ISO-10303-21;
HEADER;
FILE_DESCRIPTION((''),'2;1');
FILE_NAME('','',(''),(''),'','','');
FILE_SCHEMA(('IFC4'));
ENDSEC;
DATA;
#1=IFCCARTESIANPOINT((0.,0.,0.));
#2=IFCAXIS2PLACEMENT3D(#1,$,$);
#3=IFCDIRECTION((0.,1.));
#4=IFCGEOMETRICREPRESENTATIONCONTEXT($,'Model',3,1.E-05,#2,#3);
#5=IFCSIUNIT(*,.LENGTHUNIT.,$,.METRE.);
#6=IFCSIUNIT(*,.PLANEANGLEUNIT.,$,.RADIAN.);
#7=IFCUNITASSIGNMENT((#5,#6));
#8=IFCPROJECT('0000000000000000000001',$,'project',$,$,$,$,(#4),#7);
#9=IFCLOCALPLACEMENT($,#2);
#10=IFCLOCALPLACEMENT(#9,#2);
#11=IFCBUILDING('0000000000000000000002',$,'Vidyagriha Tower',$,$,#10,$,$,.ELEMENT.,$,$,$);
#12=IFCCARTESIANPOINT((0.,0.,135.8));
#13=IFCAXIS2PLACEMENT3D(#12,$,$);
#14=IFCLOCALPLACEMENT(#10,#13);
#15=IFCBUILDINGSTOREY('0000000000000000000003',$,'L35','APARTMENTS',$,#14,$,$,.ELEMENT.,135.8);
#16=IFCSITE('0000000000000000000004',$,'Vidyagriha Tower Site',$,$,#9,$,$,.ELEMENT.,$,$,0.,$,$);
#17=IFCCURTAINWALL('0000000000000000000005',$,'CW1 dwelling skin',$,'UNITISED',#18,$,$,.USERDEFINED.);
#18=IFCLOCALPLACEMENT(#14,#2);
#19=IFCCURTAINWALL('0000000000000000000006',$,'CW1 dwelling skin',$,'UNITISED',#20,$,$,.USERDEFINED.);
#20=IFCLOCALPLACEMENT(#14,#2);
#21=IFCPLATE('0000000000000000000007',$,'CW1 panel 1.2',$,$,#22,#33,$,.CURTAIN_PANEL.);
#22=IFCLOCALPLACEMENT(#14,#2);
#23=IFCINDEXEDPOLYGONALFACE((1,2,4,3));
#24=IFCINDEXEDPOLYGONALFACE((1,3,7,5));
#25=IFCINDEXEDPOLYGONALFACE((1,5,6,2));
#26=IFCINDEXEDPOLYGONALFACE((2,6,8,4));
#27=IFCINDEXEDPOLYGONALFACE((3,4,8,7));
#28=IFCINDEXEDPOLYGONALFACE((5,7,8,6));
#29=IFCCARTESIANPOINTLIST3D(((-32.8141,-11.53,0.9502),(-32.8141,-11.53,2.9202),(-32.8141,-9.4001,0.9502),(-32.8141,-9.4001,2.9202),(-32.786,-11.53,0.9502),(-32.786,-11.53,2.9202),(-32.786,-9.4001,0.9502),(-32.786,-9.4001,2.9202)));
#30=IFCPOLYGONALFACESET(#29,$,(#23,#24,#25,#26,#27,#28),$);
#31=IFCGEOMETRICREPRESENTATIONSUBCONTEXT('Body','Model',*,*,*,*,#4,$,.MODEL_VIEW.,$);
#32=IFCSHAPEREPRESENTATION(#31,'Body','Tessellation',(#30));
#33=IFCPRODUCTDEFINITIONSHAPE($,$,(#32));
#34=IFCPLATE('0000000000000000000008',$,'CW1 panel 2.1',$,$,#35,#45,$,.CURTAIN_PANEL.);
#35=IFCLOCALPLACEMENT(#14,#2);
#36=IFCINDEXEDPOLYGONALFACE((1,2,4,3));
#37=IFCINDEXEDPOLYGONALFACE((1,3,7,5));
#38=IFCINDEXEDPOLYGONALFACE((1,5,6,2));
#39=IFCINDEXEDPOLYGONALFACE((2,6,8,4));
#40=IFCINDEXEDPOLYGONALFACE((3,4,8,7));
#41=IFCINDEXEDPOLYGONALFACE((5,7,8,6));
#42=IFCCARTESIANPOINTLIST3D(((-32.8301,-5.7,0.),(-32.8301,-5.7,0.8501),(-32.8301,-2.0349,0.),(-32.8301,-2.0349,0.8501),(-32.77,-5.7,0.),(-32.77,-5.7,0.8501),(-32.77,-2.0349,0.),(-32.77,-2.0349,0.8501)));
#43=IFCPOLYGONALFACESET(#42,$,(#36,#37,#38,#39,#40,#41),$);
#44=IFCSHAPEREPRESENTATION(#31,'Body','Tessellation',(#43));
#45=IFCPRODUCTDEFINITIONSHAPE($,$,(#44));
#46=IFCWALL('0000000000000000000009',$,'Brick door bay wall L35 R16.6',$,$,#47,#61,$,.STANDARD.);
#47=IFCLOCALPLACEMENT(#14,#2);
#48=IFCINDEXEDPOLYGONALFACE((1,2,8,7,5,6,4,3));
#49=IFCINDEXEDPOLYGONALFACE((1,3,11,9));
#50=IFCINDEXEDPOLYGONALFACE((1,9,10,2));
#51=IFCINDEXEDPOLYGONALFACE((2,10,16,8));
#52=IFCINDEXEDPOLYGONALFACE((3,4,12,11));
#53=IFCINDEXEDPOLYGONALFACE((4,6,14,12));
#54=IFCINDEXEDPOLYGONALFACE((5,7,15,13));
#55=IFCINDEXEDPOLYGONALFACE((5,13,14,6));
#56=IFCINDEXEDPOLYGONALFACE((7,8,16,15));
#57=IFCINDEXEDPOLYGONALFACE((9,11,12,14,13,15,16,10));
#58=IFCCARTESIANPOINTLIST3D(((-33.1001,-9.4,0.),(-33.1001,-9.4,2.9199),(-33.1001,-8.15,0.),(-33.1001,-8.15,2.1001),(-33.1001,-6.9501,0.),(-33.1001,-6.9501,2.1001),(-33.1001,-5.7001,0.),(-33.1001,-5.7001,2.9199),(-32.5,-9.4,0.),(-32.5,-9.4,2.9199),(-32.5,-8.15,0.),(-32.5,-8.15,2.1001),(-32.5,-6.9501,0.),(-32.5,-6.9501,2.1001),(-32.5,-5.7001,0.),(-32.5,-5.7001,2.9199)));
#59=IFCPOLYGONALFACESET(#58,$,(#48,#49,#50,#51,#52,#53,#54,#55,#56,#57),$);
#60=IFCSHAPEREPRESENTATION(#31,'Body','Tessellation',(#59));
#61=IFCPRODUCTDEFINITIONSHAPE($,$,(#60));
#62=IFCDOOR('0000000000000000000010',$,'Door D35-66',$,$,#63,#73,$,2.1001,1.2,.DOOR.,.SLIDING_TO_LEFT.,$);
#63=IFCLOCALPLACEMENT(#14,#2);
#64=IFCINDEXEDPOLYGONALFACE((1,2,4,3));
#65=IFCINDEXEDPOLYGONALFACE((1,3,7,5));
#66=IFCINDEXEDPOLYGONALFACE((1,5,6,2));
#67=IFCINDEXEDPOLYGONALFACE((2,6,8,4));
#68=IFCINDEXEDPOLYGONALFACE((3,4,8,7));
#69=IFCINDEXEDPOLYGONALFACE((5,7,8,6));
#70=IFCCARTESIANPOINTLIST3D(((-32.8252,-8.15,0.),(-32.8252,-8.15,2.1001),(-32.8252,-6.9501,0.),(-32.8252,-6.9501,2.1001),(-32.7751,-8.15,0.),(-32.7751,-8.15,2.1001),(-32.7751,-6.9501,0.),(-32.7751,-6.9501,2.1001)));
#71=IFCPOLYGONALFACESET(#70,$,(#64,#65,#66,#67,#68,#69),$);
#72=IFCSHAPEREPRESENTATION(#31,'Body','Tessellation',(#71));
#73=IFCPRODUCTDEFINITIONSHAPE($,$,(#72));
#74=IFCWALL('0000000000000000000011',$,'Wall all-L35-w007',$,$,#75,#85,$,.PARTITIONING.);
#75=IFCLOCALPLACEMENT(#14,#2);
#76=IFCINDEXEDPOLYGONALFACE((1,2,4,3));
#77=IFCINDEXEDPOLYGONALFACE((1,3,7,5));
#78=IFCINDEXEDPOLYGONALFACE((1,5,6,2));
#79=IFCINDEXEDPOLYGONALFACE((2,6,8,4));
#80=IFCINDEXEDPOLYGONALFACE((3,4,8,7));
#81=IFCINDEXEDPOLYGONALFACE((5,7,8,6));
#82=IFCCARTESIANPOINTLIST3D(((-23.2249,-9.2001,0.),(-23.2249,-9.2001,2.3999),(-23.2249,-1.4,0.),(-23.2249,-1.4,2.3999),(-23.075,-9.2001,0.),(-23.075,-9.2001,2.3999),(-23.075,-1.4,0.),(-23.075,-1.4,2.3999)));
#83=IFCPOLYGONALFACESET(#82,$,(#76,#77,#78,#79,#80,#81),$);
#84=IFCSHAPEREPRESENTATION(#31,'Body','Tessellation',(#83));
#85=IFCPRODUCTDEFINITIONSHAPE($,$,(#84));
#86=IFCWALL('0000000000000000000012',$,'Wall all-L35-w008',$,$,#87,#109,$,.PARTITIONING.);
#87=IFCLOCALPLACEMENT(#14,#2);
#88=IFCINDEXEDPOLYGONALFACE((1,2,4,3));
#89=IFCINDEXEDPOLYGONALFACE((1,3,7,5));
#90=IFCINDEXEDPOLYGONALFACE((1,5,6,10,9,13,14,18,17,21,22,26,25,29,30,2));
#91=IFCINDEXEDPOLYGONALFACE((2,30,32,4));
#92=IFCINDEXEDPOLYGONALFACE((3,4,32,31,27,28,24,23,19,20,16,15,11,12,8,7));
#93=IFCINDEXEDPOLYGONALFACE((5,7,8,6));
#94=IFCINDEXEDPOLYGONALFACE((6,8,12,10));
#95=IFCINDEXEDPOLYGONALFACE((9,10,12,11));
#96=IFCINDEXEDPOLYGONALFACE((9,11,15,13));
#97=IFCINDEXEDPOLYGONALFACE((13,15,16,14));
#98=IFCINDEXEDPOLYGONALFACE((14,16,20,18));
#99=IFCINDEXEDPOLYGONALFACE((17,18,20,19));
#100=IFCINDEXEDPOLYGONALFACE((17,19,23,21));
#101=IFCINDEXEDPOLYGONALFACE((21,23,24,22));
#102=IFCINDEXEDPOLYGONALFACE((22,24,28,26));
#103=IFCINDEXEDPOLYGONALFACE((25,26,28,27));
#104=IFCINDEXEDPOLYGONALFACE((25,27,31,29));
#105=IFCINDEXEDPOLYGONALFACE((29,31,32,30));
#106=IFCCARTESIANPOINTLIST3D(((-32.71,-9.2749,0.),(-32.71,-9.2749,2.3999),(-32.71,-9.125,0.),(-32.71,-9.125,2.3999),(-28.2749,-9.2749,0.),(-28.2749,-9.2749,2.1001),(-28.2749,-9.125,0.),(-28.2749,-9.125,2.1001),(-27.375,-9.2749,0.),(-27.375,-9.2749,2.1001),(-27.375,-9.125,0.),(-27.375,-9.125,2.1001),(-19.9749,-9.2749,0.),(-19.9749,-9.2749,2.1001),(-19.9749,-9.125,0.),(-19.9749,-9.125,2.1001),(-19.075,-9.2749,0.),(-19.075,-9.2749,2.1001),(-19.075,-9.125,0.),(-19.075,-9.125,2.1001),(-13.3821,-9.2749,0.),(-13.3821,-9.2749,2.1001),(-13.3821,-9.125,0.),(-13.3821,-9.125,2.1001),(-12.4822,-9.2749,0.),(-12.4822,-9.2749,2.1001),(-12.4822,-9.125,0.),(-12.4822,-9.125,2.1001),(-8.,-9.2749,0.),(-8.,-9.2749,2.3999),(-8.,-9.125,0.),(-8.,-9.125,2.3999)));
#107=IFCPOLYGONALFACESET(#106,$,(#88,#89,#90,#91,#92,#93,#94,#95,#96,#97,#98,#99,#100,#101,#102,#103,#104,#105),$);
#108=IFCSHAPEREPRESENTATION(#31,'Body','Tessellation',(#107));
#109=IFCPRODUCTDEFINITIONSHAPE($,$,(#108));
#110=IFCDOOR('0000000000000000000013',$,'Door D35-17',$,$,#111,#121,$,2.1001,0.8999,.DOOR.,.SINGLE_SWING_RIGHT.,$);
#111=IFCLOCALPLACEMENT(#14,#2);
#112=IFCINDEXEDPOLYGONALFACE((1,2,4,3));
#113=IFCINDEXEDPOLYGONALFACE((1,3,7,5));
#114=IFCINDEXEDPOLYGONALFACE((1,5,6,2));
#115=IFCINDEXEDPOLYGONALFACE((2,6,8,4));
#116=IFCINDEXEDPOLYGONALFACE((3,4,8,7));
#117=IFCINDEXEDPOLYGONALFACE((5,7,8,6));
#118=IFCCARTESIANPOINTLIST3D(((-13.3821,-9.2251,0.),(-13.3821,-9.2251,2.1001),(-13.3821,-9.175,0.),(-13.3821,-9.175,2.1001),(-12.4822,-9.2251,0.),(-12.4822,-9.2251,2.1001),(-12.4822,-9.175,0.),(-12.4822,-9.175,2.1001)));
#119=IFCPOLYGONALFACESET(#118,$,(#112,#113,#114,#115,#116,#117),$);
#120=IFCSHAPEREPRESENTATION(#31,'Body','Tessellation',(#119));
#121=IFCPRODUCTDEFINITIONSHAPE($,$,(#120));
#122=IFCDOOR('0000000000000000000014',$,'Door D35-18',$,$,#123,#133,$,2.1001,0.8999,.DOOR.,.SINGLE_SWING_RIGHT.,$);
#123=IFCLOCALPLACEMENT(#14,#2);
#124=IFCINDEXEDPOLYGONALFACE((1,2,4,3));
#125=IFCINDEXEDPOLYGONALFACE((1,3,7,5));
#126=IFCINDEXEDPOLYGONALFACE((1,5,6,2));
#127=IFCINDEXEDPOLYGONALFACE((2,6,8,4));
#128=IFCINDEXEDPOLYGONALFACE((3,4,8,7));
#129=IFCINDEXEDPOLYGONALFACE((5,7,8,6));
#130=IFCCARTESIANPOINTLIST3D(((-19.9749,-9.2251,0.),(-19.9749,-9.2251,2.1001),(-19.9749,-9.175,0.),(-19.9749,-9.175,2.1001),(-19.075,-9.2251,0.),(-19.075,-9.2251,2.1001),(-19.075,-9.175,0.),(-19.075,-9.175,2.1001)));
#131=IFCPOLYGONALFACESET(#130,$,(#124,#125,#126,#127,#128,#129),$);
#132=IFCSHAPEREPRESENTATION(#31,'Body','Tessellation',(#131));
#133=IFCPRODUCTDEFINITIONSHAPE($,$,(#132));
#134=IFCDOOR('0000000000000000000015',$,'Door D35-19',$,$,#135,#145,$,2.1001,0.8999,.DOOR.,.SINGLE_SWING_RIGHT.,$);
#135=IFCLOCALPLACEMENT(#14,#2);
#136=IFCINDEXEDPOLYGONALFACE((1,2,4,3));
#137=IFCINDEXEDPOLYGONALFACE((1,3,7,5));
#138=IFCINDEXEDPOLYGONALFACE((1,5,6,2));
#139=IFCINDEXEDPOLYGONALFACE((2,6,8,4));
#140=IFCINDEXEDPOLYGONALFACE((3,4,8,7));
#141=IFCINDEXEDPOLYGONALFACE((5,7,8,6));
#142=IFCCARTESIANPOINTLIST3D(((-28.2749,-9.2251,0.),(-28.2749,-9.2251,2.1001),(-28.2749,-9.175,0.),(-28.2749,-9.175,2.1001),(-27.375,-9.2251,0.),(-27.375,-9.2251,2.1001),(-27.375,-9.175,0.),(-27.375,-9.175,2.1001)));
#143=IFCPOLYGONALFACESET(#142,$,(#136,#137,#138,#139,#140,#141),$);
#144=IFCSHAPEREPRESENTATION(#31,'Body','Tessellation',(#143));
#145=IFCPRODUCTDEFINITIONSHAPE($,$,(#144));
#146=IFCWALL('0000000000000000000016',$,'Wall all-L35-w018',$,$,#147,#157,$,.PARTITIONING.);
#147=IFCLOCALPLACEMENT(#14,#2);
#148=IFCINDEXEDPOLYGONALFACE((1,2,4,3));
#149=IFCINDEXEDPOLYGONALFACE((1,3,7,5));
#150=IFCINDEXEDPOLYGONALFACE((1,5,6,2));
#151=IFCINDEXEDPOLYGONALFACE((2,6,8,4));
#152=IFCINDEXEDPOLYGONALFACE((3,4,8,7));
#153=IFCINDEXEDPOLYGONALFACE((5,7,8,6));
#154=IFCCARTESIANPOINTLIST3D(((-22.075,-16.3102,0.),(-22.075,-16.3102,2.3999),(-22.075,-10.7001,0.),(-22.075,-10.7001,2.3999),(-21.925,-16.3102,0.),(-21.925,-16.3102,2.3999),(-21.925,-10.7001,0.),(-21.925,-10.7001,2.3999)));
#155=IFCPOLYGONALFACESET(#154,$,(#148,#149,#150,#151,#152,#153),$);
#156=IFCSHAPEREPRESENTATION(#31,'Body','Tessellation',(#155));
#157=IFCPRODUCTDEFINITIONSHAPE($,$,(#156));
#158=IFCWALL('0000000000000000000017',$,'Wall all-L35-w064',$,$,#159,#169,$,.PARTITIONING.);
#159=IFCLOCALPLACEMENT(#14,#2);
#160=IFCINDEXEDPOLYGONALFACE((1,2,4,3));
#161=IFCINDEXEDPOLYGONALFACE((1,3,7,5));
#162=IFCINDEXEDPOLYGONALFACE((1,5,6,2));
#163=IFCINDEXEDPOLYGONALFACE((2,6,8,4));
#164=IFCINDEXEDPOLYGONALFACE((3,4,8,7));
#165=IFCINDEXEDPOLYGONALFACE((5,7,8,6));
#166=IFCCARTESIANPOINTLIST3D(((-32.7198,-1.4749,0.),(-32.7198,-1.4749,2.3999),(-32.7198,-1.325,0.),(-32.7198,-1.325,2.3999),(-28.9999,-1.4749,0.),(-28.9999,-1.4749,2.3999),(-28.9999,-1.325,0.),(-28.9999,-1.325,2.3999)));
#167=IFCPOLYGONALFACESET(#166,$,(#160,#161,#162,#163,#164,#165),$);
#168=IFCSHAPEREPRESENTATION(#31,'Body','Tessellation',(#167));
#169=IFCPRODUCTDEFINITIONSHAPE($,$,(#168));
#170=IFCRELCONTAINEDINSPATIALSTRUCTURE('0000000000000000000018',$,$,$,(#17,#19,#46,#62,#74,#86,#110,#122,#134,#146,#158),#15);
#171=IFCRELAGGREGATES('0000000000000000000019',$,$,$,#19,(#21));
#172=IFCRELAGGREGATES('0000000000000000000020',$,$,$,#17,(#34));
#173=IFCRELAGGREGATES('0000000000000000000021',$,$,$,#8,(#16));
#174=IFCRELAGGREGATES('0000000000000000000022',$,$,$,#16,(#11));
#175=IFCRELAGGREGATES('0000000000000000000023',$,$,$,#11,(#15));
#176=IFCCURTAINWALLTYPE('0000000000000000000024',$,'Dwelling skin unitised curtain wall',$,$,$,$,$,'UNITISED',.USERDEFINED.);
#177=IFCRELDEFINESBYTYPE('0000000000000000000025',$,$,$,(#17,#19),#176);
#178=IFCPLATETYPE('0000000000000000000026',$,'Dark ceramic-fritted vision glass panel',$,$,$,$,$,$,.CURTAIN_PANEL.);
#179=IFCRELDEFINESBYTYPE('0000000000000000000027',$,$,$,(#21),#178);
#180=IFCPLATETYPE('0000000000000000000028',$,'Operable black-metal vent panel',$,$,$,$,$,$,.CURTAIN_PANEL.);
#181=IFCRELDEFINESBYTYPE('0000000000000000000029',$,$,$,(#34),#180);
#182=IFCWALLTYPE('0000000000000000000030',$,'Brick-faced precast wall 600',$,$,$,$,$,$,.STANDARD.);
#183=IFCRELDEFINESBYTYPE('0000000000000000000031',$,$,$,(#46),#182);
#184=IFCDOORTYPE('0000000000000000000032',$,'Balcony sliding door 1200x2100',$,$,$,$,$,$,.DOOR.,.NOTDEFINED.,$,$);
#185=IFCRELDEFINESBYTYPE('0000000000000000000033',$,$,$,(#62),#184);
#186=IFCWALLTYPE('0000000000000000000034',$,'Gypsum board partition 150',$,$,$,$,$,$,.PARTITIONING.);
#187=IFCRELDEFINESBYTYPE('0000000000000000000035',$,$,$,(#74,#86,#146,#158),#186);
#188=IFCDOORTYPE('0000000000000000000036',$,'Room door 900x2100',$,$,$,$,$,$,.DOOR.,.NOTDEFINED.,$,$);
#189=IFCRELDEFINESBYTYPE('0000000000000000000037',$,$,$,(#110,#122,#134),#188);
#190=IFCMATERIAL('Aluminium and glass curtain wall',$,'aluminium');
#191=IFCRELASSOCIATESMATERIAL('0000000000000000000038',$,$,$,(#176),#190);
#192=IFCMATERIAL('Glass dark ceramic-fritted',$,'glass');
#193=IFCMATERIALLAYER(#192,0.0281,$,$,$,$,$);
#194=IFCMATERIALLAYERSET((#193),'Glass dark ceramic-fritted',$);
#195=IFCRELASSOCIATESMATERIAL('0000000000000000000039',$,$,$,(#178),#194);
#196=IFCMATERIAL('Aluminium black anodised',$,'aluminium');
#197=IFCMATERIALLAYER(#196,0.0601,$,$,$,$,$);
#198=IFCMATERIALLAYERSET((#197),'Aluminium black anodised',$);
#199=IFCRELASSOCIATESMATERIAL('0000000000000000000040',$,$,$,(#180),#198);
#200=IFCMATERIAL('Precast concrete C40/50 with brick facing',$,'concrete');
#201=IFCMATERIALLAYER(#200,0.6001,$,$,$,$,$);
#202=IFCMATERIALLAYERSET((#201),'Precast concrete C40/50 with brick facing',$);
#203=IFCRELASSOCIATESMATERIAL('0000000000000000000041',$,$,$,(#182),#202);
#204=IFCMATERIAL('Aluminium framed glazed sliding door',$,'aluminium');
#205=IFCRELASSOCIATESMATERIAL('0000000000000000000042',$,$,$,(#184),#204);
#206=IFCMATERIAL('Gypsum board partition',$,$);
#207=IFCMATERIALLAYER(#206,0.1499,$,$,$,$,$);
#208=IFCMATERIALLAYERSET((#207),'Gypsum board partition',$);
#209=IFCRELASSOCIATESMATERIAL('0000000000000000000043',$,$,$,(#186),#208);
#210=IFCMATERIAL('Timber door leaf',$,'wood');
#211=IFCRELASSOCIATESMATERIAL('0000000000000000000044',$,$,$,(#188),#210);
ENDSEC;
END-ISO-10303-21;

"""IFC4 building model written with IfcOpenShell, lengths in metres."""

from ifc_helpers import new_model, si_unit, direction, frame, frame_2d, origin, origin_2d, place, context, subcontext, project, spatial, rectangle, extrude, material, layer, layer_set, type_object, element, fill, aggregate, save


model = new_model("IFC4")

# Units and contexts
model_context = context("Model", 3, precision=1e-05, world=origin(), true_north=direction((0.0, 1.0)))
body_context = subcontext(model_context, "Body", "Model", "MODEL_VIEW")
ifc_project = project(units=[si_unit("LENGTHUNIT", "METRE"), si_unit("PLANEANGLEUNIT", "RADIAN")], contexts=[model_context])

# Site, building, storey
site_placement = place(None, origin())
site = spatial("IfcSite", under=ifc_project, at=site_placement, Name="Vidyagriha Tower Site", CompositionType="ELEMENT", RefElevation=0.0)
building_placement = place(site_placement, origin())
building = spatial("IfcBuilding", under=site, at=building_placement, Name="Vidyagriha Tower", CompositionType="ELEMENT")
storey_placement = place(building_placement, frame((0.0, 0.0, 135.8)))
storey = spatial("IfcBuildingStorey", under=building, at=storey_placement, Name="L35", Description="APARTMENTS", CompositionType="ELEMENT", Elevation=135.8)

# Curtain walls
ifc_material_1 = material(Name="Aluminium and glass curtain wall", Category="aluminium")
curtain_wall_type = type_object("IfcCurtainWallType", Name="Dwelling skin unitised curtain wall", ElementType="UNITISED", PredefinedType="USERDEFINED", material=ifc_material_1)
curtain_wall_1_placement = place(storey_placement, origin())
curtain_wall_1 = element("IfcCurtainWall", 1, at=curtain_wall_1_placement, inside=storey, type_object=curtain_wall_type, Name="CW1 dwelling skin", ObjectType="UNITISED", PredefinedType="USERDEFINED")
curtain_wall_2_placement = place(storey_placement, origin())
curtain_wall_2 = element("IfcCurtainWall", 2, at=curtain_wall_2_placement, inside=storey, type_object=curtain_wall_type, Name="CW1 dwelling skin", ObjectType="UNITISED", PredefinedType="USERDEFINED")

# Plates
ifc_material_2 = material(Name="Glass dark ceramic-fritted", Category="glass")
ifc_layer_1 = layer(ifc_material_2, 0.0281)
ifc_layer_set_1 = layer_set([ifc_layer_1], Name="Glass dark ceramic-fritted")
plate_type_1 = type_object("IfcPlateType", Name="Dark ceramic-fritted vision glass panel", PredefinedType="CURTAIN_PANEL", material=ifc_layer_set_1)
plate_1_placement = place(storey_placement, frame((-32.8, -10.4651, 0.9502), z_axis=(0.0, 0.0, 1.0), x_axis=(0.0, -1.0, 0.0)))
plate_1 = element("IfcPlate", 3, at=plate_1_placement, type_object=plate_type_1, Name="CW1 panel 1.2", PredefinedType="CURTAIN_PANEL", context=body_context, shape_type="SweptSolid", body=[
    extrude(rectangle(XDim=2.1299, YDim=0.0281, at=origin_2d()), origin(), (0.0, 0.0, 1.0), 1.97),
])
aggregate(curtain_wall_2, [plate_1])
ifc_material_3 = material(Name="Aluminium black anodised", Category="aluminium")
ifc_layer_2 = layer(ifc_material_3, 0.0601)
ifc_layer_set_2 = layer_set([ifc_layer_2], Name="Aluminium black anodised")
plate_type_2 = type_object("IfcPlateType", Name="Operable black-metal vent panel", PredefinedType="CURTAIN_PANEL", material=ifc_layer_set_2)
plate_2_placement = place(storey_placement, frame((-32.8, -3.8674, 0.0), z_axis=(0.0, 0.0, 1.0), x_axis=(0.0, -1.0, 0.0)))
plate_2 = element("IfcPlate", 4, at=plate_2_placement, type_object=plate_type_2, Name="CW1 panel 2.1", PredefinedType="CURTAIN_PANEL", context=body_context, shape_type="SweptSolid", body=[
    extrude(rectangle(XDim=3.665, YDim=0.0601, at=origin_2d()), origin(), (0.0, 0.0, 1.0), 0.8501),
])
aggregate(curtain_wall_1, [plate_2])

# Wall, opening, door
ifc_material_4 = material(Name="Precast concrete C40/50 with brick facing", Category="concrete")
ifc_layer_3 = layer(ifc_material_4, 0.6001)
ifc_layer_set_3 = layer_set([ifc_layer_3], Name="Precast concrete C40/50 with brick facing")
wall_type_1 = type_object("IfcWallType", Name="Brick-faced precast wall 600", PredefinedType="STANDARD", material=ifc_layer_set_3)
wall_1_placement = place(storey_placement, frame((-32.8, -5.7, 0.0), z_axis=(0.0, 0.0, 1.0), x_axis=(0.0, -1.0, 0.0)))
wall_1 = element("IfcWall", 5, at=wall_1_placement, inside=storey, type_object=wall_type_1, Name="Brick door bay wall L35 R16.6", PredefinedType="STANDARD", context=body_context, shape_type="SweptSolid", body=[
    extrude(rectangle(XDim=3.7, YDim=0.6001, at=frame_2d((1.8501, 0.0))), origin(), (0.0, 0.0, 1.0), 2.9199),
])
opening_1_placement = place(wall_1_placement, frame((1.25, 0.0, 0.0)))
opening_1 = element("IfcOpeningElement", 6, at=opening_1_placement, cuts=wall_1, PredefinedType="OPENING", context=body_context, shape_type="SweptSolid", body=[
    extrude(rectangle(XDim=1.2, YDim=2.1001, at=frame_2d((0.6001, 1.05))), frame((0.0, 0.3101, 0.0), z_axis=(0.0, -1.0, 0.0), x_axis=(1.0, 0.0, 0.0)), (0.0, 0.0, 1.0), 0.6201),
])
ifc_material_5 = material(Name="Aluminium framed glazed sliding door", Category="aluminium")
door_type_1 = type_object("IfcDoorType", Name="Balcony sliding door 1200x2100", OperationType="NOTDEFINED", PredefinedType="DOOR", material=ifc_material_5)
door_1_placement = place(opening_1_placement, origin())
door_1 = element("IfcDoor", 7, at=door_1_placement, inside=storey, type_object=door_type_1, Name="Door D35-66", OperationType="SLIDING_TO_LEFT", OverallHeight=2.1001, OverallWidth=1.2, PredefinedType="DOOR", context=body_context, shape_type="SweptSolid", body=[
    extrude(rectangle(XDim=1.2, YDim=2.1001, at=frame_2d((0.6001, 1.05))), frame((0.0, 0.0249, 0.0), z_axis=(0.0, -1.0, 0.0), x_axis=(1.0, 0.0, 0.0)), (0.0, 0.0, 1.0), 0.05),
])
fill(opening_1, door_1)

# Wall
ifc_material_6 = material(Name="Gypsum board partition")
ifc_layer_4 = layer(ifc_material_6, 0.1499)
ifc_layer_set_4 = layer_set([ifc_layer_4], Name="Gypsum board partition")
wall_type_2 = type_object("IfcWallType", Name="Gypsum board partition 150", PredefinedType="PARTITIONING", material=ifc_layer_set_4)
wall_2_placement = place(storey_placement, frame((-23.1499, -9.2, 0.0), z_axis=(0.0, 0.0, 1.0), x_axis=(0.0, 1.0, 0.0)))
element("IfcWall", 8, at=wall_2_placement, inside=storey, type_object=wall_type_2, Name="Wall all-L35-w007", PredefinedType="PARTITIONING", context=body_context, shape_type="SweptSolid", body=[
    extrude(rectangle(XDim=7.8, YDim=0.1499, at=frame_2d((3.8999, 0.0))), origin(), (0.0, 0.0, 1.0), 2.3999),
])

# Wall, openings, doors
wall_3_placement = place(storey_placement, frame((-32.71, -9.2, 0.0)))
wall_3 = element("IfcWall", 9, at=wall_3_placement, inside=storey, type_object=wall_type_2, Name="Wall all-L35-w008", PredefinedType="PARTITIONING", context=body_context, shape_type="SweptSolid", body=[
    extrude(rectangle(XDim=24.71, YDim=0.1499, at=frame_2d((12.355, 0.0))), origin(), (0.0, 0.0, 1.0), 2.3999),
])
opening_2_placement = place(wall_3_placement, frame((19.3279, 0.0, 0.0)))
opening_2 = element("IfcOpeningElement", 10, at=opening_2_placement, cuts=wall_3, PredefinedType="OPENING", context=body_context, shape_type="SweptSolid", body=[
    extrude(rectangle(XDim=0.8999, YDim=2.1001, at=frame_2d((0.45, 1.05))), frame((0.0, 0.085, 0.0), z_axis=(0.0, -1.0, 0.0), x_axis=(1.0, 0.0, 0.0)), (0.0, 0.0, 1.0), 0.1699),
])
opening_3_placement = place(wall_3_placement, frame((12.7351, 0.0, 0.0)))
opening_3 = element("IfcOpeningElement", 11, at=opening_3_placement, cuts=wall_3, PredefinedType="OPENING", context=body_context, shape_type="SweptSolid", body=[
    extrude(rectangle(XDim=0.8999, YDim=2.1001, at=frame_2d((0.45, 1.05))), frame((0.0, 0.085, 0.0), z_axis=(0.0, -1.0, 0.0), x_axis=(1.0, 0.0, 0.0)), (0.0, 0.0, 1.0), 0.1699),
])
opening_4_placement = place(wall_3_placement, frame((4.4351, 0.0, 0.0)))
opening_4 = element("IfcOpeningElement", 12, at=opening_4_placement, cuts=wall_3, PredefinedType="OPENING", context=body_context, shape_type="SweptSolid", body=[
    extrude(rectangle(XDim=0.8999, YDim=2.1001, at=frame_2d((0.45, 1.05))), frame((0.0, 0.085, 0.0), z_axis=(0.0, -1.0, 0.0), x_axis=(1.0, 0.0, 0.0)), (0.0, 0.0, 1.0), 0.1699),
])
ifc_material_7 = material(Name="Timber door leaf", Category="wood")
door_type_2 = type_object("IfcDoorType", Name="Room door 900x2100", OperationType="NOTDEFINED", PredefinedType="DOOR", material=ifc_material_7)
door_2_placement = place(opening_2_placement, origin())
door_2 = element("IfcDoor", 13, at=door_2_placement, inside=storey, type_object=door_type_2, Name="Door D35-17", OperationType="SINGLE_SWING_RIGHT", OverallHeight=2.1001, OverallWidth=0.8999, PredefinedType="DOOR", context=body_context, shape_type="SweptSolid", body=[
    extrude(rectangle(XDim=0.8999, YDim=2.1001, at=frame_2d((0.45, 1.05))), frame((0.0, 0.0249, 0.0), z_axis=(0.0, -1.0, 0.0), x_axis=(1.0, 0.0, 0.0)), (0.0, 0.0, 1.0), 0.05),
])
fill(opening_2, door_2)
door_3_placement = place(opening_3_placement, origin())
door_3 = element("IfcDoor", 14, at=door_3_placement, inside=storey, type_object=door_type_2, Name="Door D35-18", OperationType="SINGLE_SWING_RIGHT", OverallHeight=2.1001, OverallWidth=0.8999, PredefinedType="DOOR", context=body_context, shape_type="SweptSolid", body=[
    extrude(rectangle(XDim=0.8999, YDim=2.1001, at=frame_2d((0.45, 1.05))), frame((0.0, 0.0249, 0.0), z_axis=(0.0, -1.0, 0.0), x_axis=(1.0, 0.0, 0.0)), (0.0, 0.0, 1.0), 0.05),
])
fill(opening_3, door_3)
door_4_placement = place(opening_4_placement, origin())
door_4 = element("IfcDoor", 15, at=door_4_placement, inside=storey, type_object=door_type_2, Name="Door D35-19", OperationType="SINGLE_SWING_RIGHT", OverallHeight=2.1001, OverallWidth=0.8999, PredefinedType="DOOR", context=body_context, shape_type="SweptSolid", body=[
    extrude(rectangle(XDim=0.8999, YDim=2.1001, at=frame_2d((0.45, 1.05))), frame((0.0, 0.0249, 0.0), z_axis=(0.0, -1.0, 0.0), x_axis=(1.0, 0.0, 0.0)), (0.0, 0.0, 1.0), 0.05),
])
fill(opening_4, door_4)

# Walls
wall_4_placement = place(storey_placement, frame((-22.0, -10.7, 0.0), z_axis=(0.0, 0.0, 1.0), x_axis=(0.0, -1.0, 0.0)))
element("IfcWall", 16, at=wall_4_placement, inside=storey, type_object=wall_type_2, Name="Wall all-L35-w018", PredefinedType="PARTITIONING", context=body_context, shape_type="SweptSolid", body=[
    extrude(rectangle(XDim=5.6101, YDim=0.1499, at=frame_2d((2.8052, 0.0))), origin(), (0.0, 0.0, 1.0), 2.3999),
])
wall_5_placement = place(storey_placement, frame((-29.0, -1.3999, 0.0), z_axis=(0.0, 0.0, 1.0), x_axis=(-1.0, 0.0, 0.0)))
element("IfcWall", 17, at=wall_5_placement, inside=storey, type_object=wall_type_2, Name="Wall all-L35-w064", PredefinedType="PARTITIONING", context=body_context, shape_type="SweptSolid", body=[
    extrude(rectangle(XDim=3.72, YDim=0.1499, at=frame_2d((1.8599, 0.0))), origin(), (0.0, 0.0, 1.0), 2.3999),
])

save(model, "model.ifc")
